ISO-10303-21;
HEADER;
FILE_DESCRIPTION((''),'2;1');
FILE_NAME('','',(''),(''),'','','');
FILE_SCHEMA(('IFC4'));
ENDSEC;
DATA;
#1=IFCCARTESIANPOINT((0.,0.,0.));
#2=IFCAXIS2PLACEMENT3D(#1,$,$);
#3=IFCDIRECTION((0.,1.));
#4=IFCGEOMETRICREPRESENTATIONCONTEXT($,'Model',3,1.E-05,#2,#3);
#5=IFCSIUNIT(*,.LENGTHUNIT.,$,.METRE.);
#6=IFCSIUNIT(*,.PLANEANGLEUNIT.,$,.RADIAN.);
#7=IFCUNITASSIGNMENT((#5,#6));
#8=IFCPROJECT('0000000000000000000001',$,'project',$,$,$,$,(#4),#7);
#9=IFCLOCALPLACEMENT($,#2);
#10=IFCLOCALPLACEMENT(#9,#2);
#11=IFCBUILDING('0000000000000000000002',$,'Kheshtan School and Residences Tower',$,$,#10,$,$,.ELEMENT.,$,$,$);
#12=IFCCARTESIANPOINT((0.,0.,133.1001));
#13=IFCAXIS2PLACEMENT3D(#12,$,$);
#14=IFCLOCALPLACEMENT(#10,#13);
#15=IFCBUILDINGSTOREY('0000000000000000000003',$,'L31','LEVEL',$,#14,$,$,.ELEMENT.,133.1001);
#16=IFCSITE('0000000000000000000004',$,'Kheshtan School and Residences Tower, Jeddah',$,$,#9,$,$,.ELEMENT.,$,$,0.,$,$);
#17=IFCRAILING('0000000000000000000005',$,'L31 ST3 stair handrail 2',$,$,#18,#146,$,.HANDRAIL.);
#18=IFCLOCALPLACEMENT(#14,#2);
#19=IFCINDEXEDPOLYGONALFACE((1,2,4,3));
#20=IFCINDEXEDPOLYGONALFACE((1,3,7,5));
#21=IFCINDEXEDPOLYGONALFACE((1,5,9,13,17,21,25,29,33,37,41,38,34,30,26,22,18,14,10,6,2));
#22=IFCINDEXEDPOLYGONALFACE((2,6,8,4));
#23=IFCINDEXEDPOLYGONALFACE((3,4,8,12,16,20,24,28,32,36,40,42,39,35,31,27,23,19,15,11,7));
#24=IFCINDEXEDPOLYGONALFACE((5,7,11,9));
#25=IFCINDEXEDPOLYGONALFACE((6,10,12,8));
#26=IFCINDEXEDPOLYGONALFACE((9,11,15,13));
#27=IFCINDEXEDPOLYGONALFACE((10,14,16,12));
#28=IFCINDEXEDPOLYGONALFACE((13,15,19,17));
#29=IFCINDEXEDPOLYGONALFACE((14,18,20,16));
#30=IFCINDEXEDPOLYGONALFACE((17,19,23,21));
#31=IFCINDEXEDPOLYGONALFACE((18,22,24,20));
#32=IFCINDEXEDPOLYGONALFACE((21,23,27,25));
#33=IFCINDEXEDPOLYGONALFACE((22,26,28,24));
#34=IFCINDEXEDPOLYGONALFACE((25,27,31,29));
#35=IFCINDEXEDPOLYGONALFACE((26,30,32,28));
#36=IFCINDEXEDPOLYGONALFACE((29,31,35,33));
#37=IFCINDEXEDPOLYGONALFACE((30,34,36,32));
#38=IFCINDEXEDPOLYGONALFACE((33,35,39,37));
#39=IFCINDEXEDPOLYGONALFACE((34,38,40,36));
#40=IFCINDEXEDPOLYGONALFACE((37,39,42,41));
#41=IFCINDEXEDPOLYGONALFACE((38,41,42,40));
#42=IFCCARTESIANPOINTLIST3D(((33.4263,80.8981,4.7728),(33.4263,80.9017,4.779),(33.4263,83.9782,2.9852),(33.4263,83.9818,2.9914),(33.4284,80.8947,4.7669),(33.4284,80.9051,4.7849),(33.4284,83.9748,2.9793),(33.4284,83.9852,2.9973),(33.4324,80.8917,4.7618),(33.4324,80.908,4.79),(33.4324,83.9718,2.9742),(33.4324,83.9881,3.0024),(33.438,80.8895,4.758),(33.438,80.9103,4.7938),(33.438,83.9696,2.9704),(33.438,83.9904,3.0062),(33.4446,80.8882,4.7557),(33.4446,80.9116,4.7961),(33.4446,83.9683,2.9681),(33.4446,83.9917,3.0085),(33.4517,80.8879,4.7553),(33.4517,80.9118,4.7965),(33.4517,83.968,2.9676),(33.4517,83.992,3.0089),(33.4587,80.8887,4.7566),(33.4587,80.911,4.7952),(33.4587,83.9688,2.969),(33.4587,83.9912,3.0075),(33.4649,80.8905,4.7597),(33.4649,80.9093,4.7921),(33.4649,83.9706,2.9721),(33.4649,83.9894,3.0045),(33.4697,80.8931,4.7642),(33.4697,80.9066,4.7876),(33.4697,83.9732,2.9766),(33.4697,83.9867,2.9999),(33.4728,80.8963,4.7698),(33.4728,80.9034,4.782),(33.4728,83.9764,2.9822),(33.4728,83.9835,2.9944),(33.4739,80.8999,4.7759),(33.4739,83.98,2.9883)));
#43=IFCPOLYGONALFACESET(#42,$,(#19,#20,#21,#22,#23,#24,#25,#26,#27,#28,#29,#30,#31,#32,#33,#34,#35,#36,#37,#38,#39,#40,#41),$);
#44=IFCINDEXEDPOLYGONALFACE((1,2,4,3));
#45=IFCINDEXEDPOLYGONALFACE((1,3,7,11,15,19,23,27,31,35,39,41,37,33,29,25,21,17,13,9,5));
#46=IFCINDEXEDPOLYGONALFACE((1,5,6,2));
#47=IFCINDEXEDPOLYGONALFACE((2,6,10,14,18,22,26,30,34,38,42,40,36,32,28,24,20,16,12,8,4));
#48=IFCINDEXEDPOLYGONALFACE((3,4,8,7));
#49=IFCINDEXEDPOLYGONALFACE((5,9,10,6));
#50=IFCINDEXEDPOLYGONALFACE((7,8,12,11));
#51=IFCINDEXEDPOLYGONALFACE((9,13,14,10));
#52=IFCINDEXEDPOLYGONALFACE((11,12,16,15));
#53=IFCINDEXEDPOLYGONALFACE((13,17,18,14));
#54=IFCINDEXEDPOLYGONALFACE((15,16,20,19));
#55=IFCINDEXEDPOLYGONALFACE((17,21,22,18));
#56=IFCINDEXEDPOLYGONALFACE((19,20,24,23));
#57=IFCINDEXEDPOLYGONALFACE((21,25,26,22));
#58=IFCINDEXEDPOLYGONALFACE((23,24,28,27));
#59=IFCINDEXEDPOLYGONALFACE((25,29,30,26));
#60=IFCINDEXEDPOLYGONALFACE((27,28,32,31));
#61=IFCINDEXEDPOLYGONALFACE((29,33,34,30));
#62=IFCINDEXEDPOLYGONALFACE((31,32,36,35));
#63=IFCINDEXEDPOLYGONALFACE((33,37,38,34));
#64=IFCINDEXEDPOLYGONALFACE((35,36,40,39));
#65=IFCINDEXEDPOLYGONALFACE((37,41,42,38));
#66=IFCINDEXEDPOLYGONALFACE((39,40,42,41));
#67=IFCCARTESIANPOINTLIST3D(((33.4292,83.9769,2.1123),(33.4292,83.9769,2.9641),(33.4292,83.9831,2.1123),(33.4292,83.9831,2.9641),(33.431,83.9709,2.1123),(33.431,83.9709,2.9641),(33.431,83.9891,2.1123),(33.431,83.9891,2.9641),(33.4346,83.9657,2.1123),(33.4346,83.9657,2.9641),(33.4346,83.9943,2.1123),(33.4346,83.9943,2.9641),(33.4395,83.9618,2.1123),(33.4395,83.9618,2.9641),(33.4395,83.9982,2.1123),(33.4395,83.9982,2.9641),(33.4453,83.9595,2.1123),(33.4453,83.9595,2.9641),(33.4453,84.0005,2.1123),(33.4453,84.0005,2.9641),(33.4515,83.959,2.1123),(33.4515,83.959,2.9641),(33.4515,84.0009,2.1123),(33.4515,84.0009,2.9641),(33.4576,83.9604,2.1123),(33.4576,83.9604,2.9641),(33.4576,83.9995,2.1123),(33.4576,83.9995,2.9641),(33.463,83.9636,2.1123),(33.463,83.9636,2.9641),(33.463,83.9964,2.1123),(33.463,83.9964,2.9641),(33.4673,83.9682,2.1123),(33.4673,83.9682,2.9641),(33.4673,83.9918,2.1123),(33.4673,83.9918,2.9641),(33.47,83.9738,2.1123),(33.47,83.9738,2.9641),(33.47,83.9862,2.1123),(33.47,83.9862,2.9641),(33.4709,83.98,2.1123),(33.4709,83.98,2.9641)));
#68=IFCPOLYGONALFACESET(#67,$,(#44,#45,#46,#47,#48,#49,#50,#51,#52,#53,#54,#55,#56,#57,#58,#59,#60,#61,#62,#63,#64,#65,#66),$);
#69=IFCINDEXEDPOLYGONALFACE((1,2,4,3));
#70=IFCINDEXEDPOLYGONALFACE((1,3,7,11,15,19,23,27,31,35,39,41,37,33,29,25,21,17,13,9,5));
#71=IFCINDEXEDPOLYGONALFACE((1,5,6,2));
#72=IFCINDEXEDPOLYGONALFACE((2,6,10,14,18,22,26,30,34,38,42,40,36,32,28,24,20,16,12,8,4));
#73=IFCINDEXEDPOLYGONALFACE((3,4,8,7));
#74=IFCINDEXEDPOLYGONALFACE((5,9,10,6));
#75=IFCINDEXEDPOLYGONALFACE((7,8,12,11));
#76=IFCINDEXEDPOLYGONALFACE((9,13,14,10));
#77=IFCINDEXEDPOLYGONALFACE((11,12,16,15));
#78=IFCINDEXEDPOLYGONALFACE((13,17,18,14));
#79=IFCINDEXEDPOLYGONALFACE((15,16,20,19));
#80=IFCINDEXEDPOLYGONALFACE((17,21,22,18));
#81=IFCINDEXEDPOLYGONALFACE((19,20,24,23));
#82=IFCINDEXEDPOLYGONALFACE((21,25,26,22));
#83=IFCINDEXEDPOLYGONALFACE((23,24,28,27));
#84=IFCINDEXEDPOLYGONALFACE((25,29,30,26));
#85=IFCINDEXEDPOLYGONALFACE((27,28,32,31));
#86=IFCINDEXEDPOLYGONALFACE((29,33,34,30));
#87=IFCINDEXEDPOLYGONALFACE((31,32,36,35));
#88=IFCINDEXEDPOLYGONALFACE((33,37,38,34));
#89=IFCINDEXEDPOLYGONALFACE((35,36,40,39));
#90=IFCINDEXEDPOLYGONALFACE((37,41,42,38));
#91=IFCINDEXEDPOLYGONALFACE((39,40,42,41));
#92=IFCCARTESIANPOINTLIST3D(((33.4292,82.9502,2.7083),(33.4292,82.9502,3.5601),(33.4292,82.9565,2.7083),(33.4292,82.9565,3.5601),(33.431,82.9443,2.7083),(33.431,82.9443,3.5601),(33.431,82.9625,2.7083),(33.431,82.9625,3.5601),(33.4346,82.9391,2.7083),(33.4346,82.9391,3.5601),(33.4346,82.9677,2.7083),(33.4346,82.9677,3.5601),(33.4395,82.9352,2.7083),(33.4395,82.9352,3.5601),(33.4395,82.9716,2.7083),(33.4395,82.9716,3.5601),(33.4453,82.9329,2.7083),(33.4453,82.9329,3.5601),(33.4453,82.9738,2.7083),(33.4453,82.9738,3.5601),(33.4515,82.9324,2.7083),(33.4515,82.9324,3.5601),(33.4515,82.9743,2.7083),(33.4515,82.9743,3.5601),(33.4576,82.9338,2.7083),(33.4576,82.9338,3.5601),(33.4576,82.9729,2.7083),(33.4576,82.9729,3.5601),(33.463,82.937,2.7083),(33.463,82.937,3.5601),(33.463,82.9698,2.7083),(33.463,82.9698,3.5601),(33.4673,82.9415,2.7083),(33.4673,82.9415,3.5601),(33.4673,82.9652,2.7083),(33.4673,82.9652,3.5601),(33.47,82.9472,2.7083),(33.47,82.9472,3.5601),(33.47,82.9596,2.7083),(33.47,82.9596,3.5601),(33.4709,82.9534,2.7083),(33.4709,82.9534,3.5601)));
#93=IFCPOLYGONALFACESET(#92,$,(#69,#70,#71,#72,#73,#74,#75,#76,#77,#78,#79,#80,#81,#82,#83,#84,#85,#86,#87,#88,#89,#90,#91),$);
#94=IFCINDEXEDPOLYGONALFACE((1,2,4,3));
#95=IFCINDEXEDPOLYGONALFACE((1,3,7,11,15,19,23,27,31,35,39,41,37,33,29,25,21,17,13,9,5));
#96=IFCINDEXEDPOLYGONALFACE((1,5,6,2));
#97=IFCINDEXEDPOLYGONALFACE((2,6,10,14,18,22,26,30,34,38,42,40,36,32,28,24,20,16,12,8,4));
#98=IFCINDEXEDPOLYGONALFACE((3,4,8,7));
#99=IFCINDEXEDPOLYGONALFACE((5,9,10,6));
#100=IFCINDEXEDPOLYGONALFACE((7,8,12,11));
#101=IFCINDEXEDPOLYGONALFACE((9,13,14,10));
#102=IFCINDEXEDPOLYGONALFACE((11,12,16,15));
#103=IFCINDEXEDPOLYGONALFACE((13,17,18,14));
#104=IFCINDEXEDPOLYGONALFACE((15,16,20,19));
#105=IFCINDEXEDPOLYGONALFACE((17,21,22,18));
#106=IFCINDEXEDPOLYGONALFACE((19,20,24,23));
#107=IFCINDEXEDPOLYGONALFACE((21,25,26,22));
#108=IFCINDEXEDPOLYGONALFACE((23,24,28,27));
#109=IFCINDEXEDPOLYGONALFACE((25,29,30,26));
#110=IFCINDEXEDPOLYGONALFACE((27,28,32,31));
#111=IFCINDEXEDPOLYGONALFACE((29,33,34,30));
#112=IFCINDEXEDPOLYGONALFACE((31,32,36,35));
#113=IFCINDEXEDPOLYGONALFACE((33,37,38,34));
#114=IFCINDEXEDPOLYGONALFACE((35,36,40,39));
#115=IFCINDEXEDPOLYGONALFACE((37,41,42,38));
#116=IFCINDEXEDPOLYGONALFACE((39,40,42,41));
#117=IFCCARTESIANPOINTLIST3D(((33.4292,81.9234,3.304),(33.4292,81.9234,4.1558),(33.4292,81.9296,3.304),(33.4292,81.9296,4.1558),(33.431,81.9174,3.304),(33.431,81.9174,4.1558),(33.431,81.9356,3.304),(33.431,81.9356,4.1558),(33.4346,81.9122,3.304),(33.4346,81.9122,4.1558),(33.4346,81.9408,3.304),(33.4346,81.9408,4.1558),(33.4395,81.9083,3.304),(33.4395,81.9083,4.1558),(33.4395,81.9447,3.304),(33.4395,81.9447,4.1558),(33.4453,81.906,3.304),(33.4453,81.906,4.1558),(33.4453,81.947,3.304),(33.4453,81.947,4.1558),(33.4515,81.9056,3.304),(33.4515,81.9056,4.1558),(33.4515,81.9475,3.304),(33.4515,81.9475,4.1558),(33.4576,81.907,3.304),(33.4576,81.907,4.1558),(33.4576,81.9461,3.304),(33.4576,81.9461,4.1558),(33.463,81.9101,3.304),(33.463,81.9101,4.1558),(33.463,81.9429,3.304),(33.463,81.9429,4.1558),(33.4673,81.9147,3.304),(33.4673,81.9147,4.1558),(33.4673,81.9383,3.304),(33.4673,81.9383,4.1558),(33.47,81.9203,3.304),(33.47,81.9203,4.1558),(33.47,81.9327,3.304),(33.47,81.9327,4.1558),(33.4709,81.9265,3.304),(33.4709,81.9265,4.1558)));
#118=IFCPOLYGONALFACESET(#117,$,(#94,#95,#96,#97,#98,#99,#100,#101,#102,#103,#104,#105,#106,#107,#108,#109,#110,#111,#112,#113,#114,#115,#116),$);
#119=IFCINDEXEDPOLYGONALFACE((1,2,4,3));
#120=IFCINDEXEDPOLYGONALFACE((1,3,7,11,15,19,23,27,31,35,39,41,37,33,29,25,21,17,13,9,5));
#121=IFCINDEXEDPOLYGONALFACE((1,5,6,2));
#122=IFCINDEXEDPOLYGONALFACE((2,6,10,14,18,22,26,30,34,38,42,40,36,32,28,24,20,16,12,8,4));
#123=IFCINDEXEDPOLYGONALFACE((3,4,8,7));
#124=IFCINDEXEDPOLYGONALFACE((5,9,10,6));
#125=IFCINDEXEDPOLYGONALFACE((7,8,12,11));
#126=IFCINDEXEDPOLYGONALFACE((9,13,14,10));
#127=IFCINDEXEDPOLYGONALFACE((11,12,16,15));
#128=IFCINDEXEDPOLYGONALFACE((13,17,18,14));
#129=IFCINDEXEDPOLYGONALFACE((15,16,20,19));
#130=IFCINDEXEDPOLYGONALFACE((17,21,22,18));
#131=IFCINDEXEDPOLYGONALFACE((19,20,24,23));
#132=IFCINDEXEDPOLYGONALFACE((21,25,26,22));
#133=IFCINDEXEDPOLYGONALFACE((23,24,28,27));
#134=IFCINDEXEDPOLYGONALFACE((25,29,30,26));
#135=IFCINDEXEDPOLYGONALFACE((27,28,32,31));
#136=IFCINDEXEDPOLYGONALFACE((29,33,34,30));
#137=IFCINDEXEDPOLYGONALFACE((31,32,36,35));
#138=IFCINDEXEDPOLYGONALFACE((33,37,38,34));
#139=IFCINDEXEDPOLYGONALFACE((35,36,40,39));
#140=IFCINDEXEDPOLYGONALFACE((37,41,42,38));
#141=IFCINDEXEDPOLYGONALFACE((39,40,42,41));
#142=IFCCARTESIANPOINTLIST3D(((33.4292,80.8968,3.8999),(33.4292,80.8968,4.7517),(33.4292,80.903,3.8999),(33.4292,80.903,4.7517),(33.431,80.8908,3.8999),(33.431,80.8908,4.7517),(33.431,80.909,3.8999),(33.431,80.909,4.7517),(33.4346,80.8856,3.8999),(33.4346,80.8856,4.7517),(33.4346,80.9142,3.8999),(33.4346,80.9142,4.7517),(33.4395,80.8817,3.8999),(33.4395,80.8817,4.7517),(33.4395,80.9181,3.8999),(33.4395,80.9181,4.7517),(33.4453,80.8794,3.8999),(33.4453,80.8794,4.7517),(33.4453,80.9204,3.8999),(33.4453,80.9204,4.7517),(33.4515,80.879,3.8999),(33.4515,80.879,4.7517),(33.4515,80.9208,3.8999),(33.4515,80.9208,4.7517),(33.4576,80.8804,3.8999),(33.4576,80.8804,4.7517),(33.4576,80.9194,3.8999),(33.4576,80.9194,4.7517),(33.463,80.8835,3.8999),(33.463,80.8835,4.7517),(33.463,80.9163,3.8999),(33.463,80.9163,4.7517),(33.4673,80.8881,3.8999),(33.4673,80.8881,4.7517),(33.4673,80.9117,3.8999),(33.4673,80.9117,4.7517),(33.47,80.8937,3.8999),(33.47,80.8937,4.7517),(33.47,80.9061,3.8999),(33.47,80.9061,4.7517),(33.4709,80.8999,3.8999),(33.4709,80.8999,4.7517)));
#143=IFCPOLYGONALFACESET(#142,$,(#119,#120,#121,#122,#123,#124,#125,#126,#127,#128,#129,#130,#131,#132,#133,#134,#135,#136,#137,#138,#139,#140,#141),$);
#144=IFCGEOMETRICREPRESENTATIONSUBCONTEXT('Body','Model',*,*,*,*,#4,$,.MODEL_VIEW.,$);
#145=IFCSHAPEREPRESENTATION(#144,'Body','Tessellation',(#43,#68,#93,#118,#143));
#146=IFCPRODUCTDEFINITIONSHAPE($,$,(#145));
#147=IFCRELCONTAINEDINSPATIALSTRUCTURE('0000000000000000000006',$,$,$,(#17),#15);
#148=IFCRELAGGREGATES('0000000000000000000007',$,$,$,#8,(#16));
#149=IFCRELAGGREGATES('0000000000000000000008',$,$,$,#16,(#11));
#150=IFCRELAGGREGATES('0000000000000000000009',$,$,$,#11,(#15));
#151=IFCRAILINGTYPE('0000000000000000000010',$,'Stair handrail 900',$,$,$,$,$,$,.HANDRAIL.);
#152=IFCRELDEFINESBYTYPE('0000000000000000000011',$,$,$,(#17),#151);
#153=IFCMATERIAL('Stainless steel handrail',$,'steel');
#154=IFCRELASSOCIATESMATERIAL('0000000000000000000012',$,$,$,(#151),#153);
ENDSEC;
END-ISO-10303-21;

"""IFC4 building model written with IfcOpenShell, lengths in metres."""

from ifc_helpers import new_model, si_unit, direction, frame, origin, origin_2d, place, context, subcontext, project, spatial, circle, extrude, material, type_object, element, save


model = new_model("IFC4")

# Units and contexts
model_context = context("Model", 3, precision=1e-05, world=origin(), true_north=direction((0.0, 1.0)))
body_context = subcontext(model_context, "Body", "Model", "MODEL_VIEW")
ifc_project = project(units=[si_unit("LENGTHUNIT", "METRE"), si_unit("PLANEANGLEUNIT", "RADIAN")], contexts=[model_context])

# Site, building, storey
site_placement = place(None, origin())
site = spatial("IfcSite", under=ifc_project, at=site_placement, Name="Kheshtan School and Residences Tower, Jeddah", CompositionType="ELEMENT", RefElevation=0.0)
building_placement = place(site_placement, origin())
building = spatial("IfcBuilding", under=site, at=building_placement, Name="Kheshtan School and Residences Tower", CompositionType="ELEMENT")
storey_placement = place(building_placement, frame((0.0, 0.0, 133.1001)))
storey = spatial("IfcBuildingStorey", under=building, at=storey_placement, Name="L31", Description="LEVEL", CompositionType="ELEMENT", Elevation=133.1001)

# Railing
ifc_material_1 = material(Name="Stainless steel handrail", Category="steel")
railing_type_1 = type_object("IfcRailingType", Name="Stair handrail 900", PredefinedType="HANDRAIL", material=ifc_material_1)
railing_1_placement = place(storey_placement, frame((33.45, 83.98, 2.1123)))
element("IfcRailing", 1, at=railing_1_placement, inside=storey, type_object=railing_type_1, Name="L31 ST3 stair handrail 2", PredefinedType="HANDRAIL", context=body_context, shape_type="SweptSolid", body=[
    extrude(circle(Radius=0.0239, at=origin_2d()), frame((0.0, 0.0, 0.876), z_axis=(0.0, -0.864891, 0.50196), x_axis=(1.0, 0.0, 0.0)), (0.0, 0.0, 1.0), 3.5613),
    extrude(circle(Radius=0.021, at=origin_2d()), origin(), (0.0, 0.0, 1.0), 0.8518),
    extrude(circle(Radius=0.021, at=origin_2d()), frame((0.0, -1.0266, 0.5959)), (0.0, 0.0, 1.0), 0.8518),
    extrude(circle(Radius=0.021, at=origin_2d()), frame((0.0, -2.0535, 1.1917)), (0.0, 0.0, 1.0), 0.8518),
    extrude(circle(Radius=0.021, at=origin_2d()), frame((0.0, -3.0801, 1.7876)), (0.0, 0.0, 1.0), 0.8518),
])

save(model, "model.ifc")
